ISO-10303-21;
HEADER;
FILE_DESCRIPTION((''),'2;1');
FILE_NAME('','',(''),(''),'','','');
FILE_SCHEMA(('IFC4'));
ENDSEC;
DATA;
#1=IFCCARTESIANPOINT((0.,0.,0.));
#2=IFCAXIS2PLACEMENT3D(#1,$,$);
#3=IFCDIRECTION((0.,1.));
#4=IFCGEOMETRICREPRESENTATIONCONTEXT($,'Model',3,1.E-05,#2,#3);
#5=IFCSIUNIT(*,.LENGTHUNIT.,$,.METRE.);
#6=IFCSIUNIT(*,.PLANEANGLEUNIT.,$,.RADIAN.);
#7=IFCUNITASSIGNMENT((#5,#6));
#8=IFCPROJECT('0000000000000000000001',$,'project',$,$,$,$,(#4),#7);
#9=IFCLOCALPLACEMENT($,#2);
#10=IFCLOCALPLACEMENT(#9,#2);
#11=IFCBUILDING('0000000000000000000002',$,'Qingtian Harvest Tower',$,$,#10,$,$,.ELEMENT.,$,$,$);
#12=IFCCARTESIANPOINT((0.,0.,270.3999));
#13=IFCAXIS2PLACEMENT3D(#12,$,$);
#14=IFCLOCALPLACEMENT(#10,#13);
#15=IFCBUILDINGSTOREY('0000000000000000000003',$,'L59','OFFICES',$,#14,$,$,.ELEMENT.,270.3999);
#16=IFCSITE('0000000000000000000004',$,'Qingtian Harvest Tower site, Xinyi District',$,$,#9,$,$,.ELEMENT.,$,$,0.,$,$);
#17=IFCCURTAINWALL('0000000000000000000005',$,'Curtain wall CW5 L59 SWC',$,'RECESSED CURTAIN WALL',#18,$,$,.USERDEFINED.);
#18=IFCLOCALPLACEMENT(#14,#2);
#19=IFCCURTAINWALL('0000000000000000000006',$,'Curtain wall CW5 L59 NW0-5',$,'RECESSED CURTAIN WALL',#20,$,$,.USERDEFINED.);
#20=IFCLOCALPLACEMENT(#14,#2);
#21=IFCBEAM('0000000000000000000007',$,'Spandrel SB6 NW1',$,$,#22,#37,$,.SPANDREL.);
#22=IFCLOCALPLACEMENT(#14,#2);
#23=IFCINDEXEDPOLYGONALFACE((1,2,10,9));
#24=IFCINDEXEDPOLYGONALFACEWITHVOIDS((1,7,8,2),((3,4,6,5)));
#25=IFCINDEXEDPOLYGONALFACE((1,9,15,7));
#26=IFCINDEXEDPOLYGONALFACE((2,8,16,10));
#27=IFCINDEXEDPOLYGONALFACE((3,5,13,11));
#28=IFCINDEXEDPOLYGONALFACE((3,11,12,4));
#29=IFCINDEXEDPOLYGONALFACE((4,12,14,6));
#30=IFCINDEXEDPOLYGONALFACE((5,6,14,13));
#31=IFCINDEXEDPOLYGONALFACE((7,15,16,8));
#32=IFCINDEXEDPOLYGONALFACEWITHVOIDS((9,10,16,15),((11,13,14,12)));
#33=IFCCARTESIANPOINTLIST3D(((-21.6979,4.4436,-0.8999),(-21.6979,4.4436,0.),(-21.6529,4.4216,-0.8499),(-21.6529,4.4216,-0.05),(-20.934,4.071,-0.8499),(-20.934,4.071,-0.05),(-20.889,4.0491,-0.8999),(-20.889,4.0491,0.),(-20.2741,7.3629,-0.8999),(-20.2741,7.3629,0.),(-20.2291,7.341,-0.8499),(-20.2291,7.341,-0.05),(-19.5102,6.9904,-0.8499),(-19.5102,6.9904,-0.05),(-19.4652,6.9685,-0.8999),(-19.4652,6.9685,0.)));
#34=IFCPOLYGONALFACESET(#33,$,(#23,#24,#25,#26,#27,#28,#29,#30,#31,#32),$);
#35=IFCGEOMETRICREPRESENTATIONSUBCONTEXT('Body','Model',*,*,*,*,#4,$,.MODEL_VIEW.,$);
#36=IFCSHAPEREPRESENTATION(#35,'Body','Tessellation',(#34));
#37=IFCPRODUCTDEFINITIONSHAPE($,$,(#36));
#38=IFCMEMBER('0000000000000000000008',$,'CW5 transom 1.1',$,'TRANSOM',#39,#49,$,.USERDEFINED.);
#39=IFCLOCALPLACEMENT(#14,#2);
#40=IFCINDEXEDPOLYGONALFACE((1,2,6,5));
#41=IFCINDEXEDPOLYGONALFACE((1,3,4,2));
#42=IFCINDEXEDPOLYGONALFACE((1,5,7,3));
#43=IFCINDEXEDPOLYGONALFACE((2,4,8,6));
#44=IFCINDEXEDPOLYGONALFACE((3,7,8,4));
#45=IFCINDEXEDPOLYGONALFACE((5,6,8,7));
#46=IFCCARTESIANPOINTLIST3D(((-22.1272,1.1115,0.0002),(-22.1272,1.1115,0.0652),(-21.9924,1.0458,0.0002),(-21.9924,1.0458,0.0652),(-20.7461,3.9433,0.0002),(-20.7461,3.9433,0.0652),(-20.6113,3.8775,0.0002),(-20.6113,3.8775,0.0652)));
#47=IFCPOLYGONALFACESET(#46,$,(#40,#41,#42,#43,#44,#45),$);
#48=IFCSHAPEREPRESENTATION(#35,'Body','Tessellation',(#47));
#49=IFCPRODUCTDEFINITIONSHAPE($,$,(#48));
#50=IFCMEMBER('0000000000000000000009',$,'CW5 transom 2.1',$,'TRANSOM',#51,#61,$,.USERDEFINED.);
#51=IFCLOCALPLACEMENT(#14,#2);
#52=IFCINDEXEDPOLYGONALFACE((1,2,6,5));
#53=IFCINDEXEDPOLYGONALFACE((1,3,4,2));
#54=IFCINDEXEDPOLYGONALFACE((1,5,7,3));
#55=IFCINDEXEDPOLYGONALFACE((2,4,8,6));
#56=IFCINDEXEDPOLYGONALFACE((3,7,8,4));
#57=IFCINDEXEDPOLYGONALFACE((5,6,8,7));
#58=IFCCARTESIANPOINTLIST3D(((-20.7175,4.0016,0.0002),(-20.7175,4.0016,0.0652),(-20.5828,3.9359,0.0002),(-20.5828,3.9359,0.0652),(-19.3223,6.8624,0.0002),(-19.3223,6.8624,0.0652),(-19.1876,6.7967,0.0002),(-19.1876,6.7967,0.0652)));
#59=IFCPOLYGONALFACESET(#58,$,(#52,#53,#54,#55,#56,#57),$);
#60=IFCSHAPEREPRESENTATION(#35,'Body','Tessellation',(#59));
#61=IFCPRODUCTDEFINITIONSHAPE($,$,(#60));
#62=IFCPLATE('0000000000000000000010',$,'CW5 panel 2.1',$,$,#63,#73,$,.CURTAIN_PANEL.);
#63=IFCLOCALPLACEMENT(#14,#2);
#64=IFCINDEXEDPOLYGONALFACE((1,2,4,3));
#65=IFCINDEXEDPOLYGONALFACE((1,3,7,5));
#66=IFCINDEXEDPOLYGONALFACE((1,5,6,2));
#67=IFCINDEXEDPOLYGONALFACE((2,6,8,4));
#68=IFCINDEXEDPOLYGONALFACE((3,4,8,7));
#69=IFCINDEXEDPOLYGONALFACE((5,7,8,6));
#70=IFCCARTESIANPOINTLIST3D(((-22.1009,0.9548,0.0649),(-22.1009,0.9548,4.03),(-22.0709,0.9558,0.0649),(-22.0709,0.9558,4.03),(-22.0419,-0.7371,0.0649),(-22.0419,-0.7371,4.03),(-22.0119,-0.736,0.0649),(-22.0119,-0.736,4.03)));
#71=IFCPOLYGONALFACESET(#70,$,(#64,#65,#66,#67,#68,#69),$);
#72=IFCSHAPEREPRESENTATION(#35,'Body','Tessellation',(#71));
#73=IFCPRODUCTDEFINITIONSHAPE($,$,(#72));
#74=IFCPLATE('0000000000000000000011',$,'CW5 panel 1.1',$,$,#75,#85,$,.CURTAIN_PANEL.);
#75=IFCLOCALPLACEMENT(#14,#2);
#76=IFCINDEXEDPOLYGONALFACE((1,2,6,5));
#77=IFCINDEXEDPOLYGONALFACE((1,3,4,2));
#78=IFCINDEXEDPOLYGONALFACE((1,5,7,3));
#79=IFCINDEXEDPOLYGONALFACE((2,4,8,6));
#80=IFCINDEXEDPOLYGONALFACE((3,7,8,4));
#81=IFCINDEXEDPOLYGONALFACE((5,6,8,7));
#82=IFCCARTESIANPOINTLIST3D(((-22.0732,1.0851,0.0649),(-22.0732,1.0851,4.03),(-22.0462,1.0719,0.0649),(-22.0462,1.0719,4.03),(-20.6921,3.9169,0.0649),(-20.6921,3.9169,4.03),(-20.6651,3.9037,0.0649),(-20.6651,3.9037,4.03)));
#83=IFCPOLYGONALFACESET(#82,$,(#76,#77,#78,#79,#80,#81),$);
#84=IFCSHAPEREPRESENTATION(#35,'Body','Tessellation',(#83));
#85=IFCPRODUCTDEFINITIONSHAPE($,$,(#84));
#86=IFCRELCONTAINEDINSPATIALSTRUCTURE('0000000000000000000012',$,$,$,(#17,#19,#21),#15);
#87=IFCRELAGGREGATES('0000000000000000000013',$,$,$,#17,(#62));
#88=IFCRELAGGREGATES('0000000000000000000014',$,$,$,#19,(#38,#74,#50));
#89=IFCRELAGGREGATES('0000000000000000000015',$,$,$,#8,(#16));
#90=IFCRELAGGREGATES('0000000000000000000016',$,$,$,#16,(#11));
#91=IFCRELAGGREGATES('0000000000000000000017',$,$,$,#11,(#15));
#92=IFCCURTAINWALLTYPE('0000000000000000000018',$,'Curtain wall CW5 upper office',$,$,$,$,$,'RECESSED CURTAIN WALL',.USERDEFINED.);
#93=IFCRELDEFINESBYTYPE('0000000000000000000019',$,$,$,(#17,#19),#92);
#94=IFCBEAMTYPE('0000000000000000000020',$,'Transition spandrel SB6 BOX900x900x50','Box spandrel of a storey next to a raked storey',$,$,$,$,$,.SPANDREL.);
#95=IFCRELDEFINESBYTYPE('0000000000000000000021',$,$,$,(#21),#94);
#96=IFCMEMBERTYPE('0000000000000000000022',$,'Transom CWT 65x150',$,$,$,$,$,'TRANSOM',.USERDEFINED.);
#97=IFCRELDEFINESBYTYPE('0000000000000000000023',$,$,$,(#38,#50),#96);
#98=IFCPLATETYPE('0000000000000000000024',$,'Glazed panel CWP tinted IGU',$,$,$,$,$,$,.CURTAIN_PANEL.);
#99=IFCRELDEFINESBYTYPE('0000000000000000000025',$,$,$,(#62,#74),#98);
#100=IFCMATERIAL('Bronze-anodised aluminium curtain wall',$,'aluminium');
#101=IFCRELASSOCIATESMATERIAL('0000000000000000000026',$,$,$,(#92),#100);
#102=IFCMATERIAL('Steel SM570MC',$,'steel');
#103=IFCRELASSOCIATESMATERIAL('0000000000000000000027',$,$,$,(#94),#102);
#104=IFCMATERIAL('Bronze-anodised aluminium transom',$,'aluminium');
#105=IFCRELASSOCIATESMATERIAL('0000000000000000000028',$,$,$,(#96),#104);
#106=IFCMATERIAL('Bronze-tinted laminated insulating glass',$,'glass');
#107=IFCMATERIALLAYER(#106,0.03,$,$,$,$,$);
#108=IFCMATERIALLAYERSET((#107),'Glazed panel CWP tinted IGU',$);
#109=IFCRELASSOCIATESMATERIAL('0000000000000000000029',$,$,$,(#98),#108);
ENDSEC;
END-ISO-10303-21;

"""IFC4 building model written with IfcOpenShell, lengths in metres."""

from ifc_helpers import new_model, si_unit, direction, frame, origin, origin_2d, place, context, subcontext, project, spatial, rectangle, hollow_rectangle, extrude, material, layer, layer_set, material_profile, profile_set, type_object, element, aggregate, save


model = new_model("IFC4")

# Units and contexts
model_context = context("Model", 3, precision=1e-05, world=origin(), true_north=direction((0.0, 1.0)))
body_context = subcontext(model_context, "Body", "Model", "MODEL_VIEW")
ifc_project = project(units=[si_unit("LENGTHUNIT", "METRE"), si_unit("PLANEANGLEUNIT", "RADIAN")], contexts=[model_context])

# Site, building, storey
site_placement = place(None, origin())
site = spatial("IfcSite", under=ifc_project, at=site_placement, Name="Qingtian Harvest Tower site, Xinyi District", CompositionType="ELEMENT", RefElevation=0.0)
building_placement = place(site_placement, origin())
building = spatial("IfcBuilding", under=site, at=building_placement, Name="Qingtian Harvest Tower", CompositionType="ELEMENT")
storey_placement = place(building_placement, frame((0.0, 0.0, 270.3999)))
storey = spatial("IfcBuildingStorey", under=building, at=storey_placement, Name="L59", Description="OFFICES", CompositionType="ELEMENT", Elevation=270.3999)

# Curtain wall
ifc_material_1 = material(Name="Bronze-anodised aluminium curtain wall", Category="aluminium")
curtain_wall_type = type_object("IfcCurtainWallType", Name="Curtain wall CW5 upper office", ElementType="RECESSED CURTAIN WALL", PredefinedType="USERDEFINED", material=ifc_material_1)
curtain_wall_1_placement = place(storey_placement, origin())
curtain_wall_1 = element("IfcCurtainWall", 1, at=curtain_wall_1_placement, inside=storey, type_object=curtain_wall_type, Name="Curtain wall CW5 L59 SWC", ObjectType="RECESSED CURTAIN WALL", PredefinedType="USERDEFINED")

# Curtain wall
curtain_wall_2_placement = place(storey_placement, origin())
curtain_wall_2 = element("IfcCurtainWall", 2, at=curtain_wall_2_placement, inside=storey, type_object=curtain_wall_type, Name="Curtain wall CW5 L59 NW0-5", ObjectType="RECESSED CURTAIN WALL", PredefinedType="USERDEFINED")

# Beam
ifc_material_2 = material(Name="Steel SM570MC", Category="steel")
ifc_material_profile_1 = material_profile(ifc_material_2, hollow_rectangle(XDim=0.8999, YDim=0.8999, WallThickness=0.05, at=origin_2d()), Name="BOX900x900x50")
ifc_profile_set_1 = profile_set([ifc_material_profile_1], Name="Steel SM570MC")
beam_type_1 = type_object("IfcBeamType", Name="Transition spandrel SB6 BOX900x900x50", Description="Box spandrel of a storey next to a raked storey", PredefinedType="SPANDREL", material=ifc_profile_set_1)
beam_1_placement = place(storey_placement, frame((-21.2935, 4.2463, -0.45), z_axis=(0.438353, 0.898803, 0.0), x_axis=(-0.898803, 0.438353, 0.0)))
element("IfcBeam", 3, at=beam_1_placement, inside=storey, type_object=beam_type_1, Name="Spandrel SB6 NW1", PredefinedType="SPANDREL", context=body_context, shape_type="SweptSolid", body=[
    extrude(hollow_rectangle(XDim=0.8999, YDim=0.8999, WallThickness=0.05, at=origin_2d()), origin(), (0.0, 0.0, 1.0), 3.248),
])

# Members
ifc_material_3 = material(Name="Bronze-anodised aluminium transom", Category="aluminium")
ifc_material_profile_2 = material_profile(ifc_material_3, rectangle(XDim=0.1499, YDim=0.0649, at=origin_2d()), Name="AL 65x150")
ifc_profile_set_2 = profile_set([ifc_material_profile_2], Name="Bronze-anodised aluminium transom")
member_type_1 = type_object("IfcMemberType", Name="Transom CWT 65x150", ElementType="TRANSOM", PredefinedType="USERDEFINED", material=ifc_profile_set_2)
member_1_placement = place(storey_placement, frame((-22.0598, 1.0786, 0.0327), z_axis=(0.438358, 0.8988, 0.0), x_axis=(-0.8988, 0.438358, 0.0)))
member_1 = element("IfcMember", 4, at=member_1_placement, type_object=member_type_1, Name="CW5 transom 1.1", ObjectType="TRANSOM", PredefinedType="USERDEFINED", context=body_context, shape_type="SweptSolid", body=[
    extrude(rectangle(XDim=0.1499, YDim=0.0649, at=origin_2d()), origin(), (0.0, 0.0, 1.0), 3.1506),
])
member_2_placement = place(storey_placement, frame((-20.6501, 3.9688, 0.0327), z_axis=(0.438356, 0.898802, 0.0), x_axis=(-0.898802, 0.438356, 0.0)))
member_2 = element("IfcMember", 5, at=member_2_placement, type_object=member_type_1, Name="CW5 transom 2.1", ObjectType="TRANSOM", PredefinedType="USERDEFINED", context=body_context, shape_type="SweptSolid", body=[
    extrude(rectangle(XDim=0.1499, YDim=0.0649, at=origin_2d()), origin(), (0.0, 0.0, 1.0), 3.1829),
])

# Plates
ifc_material_4 = material(Name="Bronze-tinted laminated insulating glass", Category="glass")
ifc_layer = layer(ifc_material_4, 0.03)
ifc_layer_set = layer_set([ifc_layer], Name="Glazed panel CWP tinted IGU")
plate_type = type_object("IfcPlateType", Name="Glazed panel CWP tinted IGU", PredefinedType="CURTAIN_PANEL", material=ifc_layer_set)
plate_1_placement = place(storey_placement, frame((-22.0564, 0.1094, 0.0649), z_axis=(0.0, 0.0, 1.0), x_axis=(-0.034899, 0.999391, 0.0)))
plate_1 = element("IfcPlate", 6, at=plate_1_placement, type_object=plate_type, Name="CW5 panel 2.1", PredefinedType="CURTAIN_PANEL", context=body_context, shape_type="SweptSolid", body=[
    extrude(rectangle(XDim=1.6929, YDim=0.03, at=origin_2d()), origin(), (0.0, 0.0, 1.0), 3.9651),
])
aggregate(curtain_wall_1, [plate_1])
plate_2_placement = place(storey_placement, frame((-21.3691, 2.4944, 0.0649), z_axis=(0.0, 0.0, 1.0), x_axis=(0.438371, 0.898794, 0.0)))
plate_2 = element("IfcPlate", 7, at=plate_2_placement, type_object=plate_type, Name="CW5 panel 1.1", PredefinedType="CURTAIN_PANEL", context=body_context, shape_type="SweptSolid", body=[
    extrude(rectangle(XDim=3.1506, YDim=0.03, at=origin_2d()), origin(), (0.0, 0.0, 1.0), 3.9651),
])
aggregate(curtain_wall_2, [member_1, plate_2, member_2])

save(model, "model.ifc")
